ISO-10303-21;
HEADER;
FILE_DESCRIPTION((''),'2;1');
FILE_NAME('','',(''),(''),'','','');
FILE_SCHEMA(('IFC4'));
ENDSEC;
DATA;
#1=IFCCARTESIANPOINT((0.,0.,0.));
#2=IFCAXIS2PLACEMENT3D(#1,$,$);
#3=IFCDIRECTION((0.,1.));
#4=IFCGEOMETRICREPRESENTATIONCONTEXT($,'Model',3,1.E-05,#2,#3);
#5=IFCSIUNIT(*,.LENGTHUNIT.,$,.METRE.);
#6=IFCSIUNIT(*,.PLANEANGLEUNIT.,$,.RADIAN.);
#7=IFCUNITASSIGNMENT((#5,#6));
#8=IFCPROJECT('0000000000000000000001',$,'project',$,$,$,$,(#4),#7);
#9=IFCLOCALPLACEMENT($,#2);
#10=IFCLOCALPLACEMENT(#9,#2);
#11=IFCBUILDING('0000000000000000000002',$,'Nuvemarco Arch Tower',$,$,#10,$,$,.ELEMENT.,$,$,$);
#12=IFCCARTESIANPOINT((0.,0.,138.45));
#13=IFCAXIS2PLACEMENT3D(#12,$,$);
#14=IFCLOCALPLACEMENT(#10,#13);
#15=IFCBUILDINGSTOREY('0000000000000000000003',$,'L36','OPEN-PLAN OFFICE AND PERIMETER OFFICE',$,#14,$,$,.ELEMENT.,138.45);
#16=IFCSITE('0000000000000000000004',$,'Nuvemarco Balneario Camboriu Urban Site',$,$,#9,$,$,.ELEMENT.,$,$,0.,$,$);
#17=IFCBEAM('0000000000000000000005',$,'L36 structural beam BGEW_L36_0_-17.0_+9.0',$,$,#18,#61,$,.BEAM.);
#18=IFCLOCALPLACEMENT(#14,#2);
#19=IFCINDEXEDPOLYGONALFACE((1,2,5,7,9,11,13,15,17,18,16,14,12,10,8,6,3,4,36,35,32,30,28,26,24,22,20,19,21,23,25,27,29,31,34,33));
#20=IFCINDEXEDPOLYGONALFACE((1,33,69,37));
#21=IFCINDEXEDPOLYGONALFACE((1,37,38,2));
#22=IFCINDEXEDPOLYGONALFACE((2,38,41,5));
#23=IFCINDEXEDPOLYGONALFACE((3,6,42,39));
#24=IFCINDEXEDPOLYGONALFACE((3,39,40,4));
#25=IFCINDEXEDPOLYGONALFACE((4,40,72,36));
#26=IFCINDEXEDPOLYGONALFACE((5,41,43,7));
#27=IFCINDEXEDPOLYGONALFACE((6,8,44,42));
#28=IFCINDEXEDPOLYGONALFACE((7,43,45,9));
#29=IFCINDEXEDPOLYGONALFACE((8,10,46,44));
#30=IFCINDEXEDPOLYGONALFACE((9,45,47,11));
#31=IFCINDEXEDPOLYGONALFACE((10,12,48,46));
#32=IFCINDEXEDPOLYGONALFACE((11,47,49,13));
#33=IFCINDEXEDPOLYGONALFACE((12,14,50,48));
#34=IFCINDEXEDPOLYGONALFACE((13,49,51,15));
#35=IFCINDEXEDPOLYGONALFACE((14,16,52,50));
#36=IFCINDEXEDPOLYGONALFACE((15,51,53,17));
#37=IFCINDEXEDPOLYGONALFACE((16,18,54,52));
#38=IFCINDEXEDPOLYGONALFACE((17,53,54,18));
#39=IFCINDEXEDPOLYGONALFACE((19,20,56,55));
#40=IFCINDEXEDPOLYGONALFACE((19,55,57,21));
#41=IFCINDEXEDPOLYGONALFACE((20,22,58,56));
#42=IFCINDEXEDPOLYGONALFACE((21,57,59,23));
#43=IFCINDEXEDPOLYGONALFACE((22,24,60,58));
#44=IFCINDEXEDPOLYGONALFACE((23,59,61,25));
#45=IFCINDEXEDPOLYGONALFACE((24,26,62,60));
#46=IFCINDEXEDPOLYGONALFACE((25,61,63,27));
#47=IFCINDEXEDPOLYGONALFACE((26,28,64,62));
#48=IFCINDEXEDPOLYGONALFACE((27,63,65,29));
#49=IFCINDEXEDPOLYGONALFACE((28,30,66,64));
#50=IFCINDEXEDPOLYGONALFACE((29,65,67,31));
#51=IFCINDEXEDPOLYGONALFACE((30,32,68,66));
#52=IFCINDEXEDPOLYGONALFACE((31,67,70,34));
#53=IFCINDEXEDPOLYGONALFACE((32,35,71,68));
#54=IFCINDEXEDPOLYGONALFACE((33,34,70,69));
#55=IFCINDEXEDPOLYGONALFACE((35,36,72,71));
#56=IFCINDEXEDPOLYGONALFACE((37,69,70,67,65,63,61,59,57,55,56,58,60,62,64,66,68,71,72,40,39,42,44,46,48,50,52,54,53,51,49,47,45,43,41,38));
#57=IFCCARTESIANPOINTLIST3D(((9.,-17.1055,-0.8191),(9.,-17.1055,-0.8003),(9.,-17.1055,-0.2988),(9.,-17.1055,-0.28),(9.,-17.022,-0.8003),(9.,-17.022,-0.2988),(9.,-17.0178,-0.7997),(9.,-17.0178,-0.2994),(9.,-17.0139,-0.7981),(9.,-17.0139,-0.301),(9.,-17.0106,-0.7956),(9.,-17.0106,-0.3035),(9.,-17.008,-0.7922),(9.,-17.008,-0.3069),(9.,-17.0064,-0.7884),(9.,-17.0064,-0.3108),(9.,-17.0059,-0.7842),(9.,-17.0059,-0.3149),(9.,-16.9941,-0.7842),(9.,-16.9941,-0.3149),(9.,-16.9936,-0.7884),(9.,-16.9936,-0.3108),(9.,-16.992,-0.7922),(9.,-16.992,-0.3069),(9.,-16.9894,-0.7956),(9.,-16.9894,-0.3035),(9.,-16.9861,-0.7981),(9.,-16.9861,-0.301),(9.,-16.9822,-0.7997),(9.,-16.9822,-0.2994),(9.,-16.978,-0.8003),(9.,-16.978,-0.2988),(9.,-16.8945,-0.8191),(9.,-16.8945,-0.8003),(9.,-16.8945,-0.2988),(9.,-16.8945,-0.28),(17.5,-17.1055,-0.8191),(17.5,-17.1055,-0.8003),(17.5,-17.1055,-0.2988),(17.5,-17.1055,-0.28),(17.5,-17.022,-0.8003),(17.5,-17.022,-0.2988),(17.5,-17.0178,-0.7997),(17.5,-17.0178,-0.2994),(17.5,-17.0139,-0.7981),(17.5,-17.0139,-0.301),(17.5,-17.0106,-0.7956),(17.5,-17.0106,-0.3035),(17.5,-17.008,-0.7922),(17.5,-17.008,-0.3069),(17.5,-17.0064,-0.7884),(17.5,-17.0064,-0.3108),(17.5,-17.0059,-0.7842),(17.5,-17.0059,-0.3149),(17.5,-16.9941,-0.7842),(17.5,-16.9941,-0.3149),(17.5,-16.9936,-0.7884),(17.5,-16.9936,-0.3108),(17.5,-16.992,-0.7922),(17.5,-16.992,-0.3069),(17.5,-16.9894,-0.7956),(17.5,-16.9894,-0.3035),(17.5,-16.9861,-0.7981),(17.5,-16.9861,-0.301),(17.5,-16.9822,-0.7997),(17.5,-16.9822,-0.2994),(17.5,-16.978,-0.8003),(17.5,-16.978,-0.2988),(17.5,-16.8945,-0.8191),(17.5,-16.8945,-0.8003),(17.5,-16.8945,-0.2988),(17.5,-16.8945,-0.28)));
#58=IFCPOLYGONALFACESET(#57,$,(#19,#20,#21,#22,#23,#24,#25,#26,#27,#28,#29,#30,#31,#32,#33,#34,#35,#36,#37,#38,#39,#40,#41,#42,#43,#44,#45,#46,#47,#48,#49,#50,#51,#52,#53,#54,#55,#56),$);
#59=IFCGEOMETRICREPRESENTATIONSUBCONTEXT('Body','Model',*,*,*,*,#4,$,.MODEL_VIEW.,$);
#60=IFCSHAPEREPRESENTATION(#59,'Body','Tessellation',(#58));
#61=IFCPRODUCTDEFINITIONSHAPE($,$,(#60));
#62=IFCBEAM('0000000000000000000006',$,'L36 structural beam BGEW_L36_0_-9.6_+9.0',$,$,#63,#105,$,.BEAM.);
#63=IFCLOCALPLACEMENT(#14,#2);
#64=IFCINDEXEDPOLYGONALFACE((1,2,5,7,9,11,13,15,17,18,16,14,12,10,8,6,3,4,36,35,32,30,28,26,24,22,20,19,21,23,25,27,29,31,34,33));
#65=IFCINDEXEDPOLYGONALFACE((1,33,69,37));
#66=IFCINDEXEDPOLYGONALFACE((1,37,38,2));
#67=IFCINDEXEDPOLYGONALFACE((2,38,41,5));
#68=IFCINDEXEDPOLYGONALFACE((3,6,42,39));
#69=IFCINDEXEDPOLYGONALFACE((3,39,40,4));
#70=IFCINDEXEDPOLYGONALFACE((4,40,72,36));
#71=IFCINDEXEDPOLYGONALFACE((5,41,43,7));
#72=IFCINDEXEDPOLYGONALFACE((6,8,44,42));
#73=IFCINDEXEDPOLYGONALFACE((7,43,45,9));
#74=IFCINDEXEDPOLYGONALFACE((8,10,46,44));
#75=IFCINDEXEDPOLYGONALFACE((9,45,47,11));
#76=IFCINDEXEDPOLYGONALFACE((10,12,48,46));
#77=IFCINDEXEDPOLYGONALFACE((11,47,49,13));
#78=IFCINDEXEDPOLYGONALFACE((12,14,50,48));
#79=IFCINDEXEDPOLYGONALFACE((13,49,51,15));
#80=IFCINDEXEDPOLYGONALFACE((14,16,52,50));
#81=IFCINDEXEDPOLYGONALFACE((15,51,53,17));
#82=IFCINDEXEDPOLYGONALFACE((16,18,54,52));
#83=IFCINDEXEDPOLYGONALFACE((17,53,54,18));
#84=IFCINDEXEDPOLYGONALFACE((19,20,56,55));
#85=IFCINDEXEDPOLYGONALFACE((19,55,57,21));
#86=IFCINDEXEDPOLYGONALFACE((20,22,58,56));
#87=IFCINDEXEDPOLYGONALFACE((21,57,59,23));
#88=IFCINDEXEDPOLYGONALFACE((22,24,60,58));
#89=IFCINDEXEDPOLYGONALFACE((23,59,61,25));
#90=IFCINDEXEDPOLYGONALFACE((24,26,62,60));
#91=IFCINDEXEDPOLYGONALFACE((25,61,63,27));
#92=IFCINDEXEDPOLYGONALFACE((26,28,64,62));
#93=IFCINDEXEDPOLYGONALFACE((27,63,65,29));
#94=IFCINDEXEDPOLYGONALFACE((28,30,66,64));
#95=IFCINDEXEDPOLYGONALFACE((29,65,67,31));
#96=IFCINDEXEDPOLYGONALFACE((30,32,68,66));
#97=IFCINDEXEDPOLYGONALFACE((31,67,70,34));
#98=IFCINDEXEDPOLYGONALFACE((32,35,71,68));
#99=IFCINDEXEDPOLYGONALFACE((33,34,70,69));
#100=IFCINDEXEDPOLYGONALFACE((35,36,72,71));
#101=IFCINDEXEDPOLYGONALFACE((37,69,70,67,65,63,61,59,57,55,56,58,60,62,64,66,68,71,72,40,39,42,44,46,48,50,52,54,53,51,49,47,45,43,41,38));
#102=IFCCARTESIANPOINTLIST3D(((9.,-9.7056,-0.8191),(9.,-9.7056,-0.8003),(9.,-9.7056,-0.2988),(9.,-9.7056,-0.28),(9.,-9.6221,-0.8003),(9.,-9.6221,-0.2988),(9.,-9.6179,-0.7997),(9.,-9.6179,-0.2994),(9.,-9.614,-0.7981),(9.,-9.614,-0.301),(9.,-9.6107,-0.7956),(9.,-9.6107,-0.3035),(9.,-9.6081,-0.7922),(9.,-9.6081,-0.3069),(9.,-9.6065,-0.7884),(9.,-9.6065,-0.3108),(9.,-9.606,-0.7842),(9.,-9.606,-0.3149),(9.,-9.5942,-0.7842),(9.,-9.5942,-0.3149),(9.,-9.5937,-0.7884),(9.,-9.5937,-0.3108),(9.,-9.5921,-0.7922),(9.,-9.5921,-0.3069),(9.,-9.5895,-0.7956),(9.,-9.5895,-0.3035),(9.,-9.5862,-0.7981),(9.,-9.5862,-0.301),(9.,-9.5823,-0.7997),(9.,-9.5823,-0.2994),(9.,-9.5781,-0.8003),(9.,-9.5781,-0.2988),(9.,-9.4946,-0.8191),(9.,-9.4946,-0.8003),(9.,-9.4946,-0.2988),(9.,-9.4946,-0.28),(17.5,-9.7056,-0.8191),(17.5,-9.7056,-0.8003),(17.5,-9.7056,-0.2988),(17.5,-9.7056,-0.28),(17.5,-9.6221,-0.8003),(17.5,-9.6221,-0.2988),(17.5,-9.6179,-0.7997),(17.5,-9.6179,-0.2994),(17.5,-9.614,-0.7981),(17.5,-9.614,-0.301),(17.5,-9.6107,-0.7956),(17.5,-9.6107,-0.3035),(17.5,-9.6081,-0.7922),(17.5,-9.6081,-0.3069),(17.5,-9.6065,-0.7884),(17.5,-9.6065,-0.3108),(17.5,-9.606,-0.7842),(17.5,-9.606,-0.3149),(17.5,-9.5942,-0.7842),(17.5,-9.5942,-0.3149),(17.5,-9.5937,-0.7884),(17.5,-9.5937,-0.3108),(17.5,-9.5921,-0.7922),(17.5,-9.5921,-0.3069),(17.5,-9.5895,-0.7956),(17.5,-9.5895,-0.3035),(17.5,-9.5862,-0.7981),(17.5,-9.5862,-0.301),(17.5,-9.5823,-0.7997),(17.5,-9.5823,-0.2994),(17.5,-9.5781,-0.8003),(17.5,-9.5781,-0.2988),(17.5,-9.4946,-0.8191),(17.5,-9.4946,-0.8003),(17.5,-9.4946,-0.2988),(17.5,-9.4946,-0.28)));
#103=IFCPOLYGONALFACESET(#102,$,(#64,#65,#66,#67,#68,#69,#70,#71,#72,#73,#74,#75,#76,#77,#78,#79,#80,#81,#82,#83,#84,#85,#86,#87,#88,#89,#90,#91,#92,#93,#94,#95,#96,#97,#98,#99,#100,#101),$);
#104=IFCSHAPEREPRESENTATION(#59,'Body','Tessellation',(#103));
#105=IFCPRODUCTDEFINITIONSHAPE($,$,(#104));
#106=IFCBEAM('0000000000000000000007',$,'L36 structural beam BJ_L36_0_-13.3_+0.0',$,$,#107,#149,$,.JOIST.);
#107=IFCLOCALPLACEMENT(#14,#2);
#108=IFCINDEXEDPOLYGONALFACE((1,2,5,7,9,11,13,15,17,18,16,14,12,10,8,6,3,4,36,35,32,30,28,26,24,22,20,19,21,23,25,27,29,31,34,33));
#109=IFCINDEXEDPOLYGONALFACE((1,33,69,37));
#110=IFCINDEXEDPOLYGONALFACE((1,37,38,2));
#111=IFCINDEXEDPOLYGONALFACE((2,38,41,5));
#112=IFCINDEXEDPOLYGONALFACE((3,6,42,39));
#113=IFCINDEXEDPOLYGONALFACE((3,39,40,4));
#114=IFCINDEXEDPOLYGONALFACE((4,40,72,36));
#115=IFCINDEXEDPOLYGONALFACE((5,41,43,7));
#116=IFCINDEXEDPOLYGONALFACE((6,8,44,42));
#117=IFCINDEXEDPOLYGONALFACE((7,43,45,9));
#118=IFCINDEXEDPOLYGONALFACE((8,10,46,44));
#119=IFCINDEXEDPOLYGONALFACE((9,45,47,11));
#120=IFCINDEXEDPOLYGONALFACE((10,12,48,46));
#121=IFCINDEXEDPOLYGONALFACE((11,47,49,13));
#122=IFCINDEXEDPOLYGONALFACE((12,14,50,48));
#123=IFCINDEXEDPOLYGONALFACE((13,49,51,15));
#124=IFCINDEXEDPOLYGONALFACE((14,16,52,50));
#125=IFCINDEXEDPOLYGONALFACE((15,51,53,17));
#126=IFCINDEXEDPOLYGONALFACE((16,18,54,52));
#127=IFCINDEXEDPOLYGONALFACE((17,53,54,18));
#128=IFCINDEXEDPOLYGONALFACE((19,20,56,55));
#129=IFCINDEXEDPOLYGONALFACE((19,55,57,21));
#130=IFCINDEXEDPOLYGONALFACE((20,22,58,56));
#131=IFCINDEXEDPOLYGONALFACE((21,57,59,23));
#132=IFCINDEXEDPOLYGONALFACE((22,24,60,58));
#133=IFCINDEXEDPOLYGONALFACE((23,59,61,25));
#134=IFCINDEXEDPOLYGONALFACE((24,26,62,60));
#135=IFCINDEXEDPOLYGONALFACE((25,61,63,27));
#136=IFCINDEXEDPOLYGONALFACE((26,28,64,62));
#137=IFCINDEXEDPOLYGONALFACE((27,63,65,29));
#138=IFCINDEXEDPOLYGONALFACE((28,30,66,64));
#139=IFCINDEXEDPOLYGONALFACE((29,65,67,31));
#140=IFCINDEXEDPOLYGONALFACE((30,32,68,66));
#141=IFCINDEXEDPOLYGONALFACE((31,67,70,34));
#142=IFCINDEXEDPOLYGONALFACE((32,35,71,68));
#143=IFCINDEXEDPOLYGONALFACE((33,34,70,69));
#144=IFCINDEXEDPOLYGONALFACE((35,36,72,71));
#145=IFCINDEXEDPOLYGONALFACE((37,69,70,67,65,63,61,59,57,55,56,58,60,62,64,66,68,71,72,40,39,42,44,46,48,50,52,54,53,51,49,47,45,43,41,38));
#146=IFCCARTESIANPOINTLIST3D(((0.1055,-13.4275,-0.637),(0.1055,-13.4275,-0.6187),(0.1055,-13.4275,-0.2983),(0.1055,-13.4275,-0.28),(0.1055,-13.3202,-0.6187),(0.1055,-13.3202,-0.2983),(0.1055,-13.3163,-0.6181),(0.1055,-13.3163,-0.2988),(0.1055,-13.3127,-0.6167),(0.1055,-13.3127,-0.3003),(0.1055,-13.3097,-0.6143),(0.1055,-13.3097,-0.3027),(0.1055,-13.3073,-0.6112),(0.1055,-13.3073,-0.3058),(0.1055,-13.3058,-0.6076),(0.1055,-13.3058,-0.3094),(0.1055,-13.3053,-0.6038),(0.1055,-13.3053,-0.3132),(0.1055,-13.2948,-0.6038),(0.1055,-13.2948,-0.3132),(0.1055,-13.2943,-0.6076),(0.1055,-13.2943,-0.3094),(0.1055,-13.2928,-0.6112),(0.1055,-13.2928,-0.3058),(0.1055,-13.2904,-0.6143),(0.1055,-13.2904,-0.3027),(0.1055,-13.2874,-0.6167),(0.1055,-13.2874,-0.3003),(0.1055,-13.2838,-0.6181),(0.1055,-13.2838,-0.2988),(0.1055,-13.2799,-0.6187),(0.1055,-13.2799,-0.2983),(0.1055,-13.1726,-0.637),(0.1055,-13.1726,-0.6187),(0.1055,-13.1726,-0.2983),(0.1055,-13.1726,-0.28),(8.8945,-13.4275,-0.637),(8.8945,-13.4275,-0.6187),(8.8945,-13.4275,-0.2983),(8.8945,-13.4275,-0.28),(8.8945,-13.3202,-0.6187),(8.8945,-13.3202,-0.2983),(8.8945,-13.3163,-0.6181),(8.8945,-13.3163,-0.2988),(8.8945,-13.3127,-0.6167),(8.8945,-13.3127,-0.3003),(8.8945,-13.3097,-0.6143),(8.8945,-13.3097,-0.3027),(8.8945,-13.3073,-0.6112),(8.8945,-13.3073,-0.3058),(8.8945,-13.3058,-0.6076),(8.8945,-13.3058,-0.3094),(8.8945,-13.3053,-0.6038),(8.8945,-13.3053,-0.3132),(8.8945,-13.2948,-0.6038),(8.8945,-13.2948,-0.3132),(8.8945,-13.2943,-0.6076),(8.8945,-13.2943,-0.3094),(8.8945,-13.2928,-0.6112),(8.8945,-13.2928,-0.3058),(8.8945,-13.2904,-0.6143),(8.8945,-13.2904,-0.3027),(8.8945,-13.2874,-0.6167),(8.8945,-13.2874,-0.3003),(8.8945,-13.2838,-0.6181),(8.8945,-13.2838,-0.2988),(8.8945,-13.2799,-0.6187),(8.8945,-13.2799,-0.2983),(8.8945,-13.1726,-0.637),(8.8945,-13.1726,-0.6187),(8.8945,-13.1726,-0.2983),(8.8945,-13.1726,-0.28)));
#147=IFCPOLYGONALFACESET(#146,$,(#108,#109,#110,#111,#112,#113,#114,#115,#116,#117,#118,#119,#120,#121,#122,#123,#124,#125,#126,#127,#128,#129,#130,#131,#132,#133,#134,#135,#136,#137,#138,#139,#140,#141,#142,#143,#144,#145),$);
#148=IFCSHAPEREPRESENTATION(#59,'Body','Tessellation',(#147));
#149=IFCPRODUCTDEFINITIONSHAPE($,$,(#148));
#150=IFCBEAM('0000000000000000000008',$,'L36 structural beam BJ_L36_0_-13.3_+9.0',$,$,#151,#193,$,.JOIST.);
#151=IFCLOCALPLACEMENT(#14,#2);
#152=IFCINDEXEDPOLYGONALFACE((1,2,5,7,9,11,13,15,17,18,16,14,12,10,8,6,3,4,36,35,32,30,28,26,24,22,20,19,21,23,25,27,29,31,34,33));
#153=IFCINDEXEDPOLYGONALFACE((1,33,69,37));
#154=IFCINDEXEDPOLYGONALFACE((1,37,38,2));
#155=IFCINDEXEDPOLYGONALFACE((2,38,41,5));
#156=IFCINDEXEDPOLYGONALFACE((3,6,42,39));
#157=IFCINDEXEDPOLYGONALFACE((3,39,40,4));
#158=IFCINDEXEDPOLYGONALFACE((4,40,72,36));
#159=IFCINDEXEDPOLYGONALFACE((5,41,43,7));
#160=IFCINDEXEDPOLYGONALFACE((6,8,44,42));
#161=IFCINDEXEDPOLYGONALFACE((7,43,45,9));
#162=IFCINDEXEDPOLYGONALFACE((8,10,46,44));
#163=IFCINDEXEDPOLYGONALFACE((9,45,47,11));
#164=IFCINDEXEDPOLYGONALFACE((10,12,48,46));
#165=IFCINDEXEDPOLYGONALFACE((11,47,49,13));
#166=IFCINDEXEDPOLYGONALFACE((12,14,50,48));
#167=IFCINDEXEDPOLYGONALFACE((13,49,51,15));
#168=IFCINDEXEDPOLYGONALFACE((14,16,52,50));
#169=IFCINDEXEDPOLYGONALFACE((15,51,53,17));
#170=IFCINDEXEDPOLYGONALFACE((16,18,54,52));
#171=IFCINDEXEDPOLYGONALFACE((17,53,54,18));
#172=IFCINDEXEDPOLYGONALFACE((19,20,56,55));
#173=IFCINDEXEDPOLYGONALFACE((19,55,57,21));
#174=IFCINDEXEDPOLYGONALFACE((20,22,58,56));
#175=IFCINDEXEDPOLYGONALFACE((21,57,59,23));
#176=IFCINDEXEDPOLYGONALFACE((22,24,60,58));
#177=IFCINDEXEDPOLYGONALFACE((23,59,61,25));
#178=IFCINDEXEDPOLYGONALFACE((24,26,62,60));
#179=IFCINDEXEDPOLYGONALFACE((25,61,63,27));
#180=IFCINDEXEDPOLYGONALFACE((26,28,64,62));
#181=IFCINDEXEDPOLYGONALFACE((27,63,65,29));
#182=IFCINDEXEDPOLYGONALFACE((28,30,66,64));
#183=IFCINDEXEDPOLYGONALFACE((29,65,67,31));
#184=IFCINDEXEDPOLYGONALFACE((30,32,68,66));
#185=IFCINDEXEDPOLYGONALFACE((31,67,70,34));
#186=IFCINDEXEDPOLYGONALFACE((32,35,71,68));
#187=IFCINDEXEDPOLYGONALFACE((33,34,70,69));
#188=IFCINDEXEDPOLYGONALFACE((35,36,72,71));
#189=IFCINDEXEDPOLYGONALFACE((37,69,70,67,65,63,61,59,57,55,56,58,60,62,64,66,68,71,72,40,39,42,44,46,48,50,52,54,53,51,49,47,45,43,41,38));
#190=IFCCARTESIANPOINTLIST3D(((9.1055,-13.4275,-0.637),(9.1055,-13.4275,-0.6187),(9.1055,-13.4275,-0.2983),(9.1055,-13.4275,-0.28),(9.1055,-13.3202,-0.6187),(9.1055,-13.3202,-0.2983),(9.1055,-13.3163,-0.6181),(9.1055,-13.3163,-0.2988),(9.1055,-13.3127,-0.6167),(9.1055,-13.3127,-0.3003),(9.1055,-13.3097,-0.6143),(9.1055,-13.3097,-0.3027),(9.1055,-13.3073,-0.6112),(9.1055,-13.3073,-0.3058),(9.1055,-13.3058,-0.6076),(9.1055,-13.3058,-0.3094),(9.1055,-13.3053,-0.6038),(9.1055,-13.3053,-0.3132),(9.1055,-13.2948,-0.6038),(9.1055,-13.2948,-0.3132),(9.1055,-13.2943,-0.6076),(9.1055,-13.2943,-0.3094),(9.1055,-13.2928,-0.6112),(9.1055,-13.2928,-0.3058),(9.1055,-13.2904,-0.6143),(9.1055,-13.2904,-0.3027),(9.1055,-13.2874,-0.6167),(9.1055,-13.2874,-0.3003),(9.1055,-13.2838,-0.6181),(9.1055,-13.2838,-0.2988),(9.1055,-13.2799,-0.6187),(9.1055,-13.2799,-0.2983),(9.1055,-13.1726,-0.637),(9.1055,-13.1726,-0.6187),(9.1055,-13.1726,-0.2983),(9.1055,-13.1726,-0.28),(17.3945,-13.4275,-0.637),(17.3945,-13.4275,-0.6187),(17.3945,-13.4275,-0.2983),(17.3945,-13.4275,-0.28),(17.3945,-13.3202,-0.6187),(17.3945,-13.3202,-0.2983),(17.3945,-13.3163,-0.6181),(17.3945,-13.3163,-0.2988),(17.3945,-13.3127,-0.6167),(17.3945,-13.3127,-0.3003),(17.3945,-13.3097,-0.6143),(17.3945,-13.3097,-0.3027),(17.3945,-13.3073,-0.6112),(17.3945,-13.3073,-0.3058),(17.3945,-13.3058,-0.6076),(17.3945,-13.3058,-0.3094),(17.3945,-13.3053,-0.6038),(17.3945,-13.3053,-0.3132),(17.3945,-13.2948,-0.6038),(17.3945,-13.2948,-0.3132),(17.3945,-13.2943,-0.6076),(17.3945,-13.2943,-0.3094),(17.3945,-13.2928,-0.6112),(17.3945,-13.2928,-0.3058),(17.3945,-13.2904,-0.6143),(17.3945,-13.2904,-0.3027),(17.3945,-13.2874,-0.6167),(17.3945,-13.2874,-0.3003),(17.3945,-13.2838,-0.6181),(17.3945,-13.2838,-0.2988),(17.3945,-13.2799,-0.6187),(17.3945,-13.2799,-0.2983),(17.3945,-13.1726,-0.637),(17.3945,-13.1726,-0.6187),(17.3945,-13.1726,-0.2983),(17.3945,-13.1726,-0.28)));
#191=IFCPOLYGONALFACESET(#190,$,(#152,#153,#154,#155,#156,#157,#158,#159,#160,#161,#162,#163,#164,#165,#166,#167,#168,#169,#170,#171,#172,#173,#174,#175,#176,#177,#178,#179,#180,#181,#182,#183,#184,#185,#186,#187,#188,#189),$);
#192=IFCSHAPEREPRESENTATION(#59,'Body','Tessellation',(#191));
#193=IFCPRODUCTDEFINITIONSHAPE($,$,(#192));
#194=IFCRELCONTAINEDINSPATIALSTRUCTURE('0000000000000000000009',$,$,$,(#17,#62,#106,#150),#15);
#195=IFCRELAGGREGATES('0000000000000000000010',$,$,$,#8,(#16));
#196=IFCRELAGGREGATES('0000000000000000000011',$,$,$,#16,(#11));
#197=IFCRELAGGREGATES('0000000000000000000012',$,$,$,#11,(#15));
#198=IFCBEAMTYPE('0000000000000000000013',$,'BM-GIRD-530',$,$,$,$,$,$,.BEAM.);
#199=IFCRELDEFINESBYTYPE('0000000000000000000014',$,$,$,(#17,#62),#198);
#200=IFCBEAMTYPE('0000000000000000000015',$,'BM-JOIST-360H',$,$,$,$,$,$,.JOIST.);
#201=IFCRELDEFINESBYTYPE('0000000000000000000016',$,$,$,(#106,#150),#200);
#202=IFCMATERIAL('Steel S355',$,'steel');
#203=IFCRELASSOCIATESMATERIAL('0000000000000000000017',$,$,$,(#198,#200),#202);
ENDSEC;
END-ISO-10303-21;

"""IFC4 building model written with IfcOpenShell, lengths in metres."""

from ifc_helpers import new_model, si_unit, direction, frame, origin, origin_2d, place, context, subcontext, project, spatial, i_section, extrude, material, material_profile, profile_set, type_object, element, save


model = new_model("IFC4")

# Units and contexts
model_context = context("Model", 3, precision=1e-05, world=origin(), true_north=direction((0.0, 1.0)))
body_context = subcontext(model_context, "Body", "Model", "MODEL_VIEW")
ifc_project = project(units=[si_unit("LENGTHUNIT", "METRE"), si_unit("PLANEANGLEUNIT", "RADIAN")], contexts=[model_context])

# Site, building, storey
site_placement = place(None, origin())
site = spatial("IfcSite", under=ifc_project, at=site_placement, Name="Nuvemarco Balneario Camboriu Urban Site", CompositionType="ELEMENT", RefElevation=0.0)
building_placement = place(site_placement, origin())
building = spatial("IfcBuilding", under=site, at=building_placement, Name="Nuvemarco Arch Tower", CompositionType="ELEMENT")
storey_placement = place(building_placement, frame((0.0, 0.0, 138.45)))
storey = spatial("IfcBuildingStorey", under=building, at=storey_placement, Name="L36", Description="OPEN-PLAN OFFICE AND PERIMETER OFFICE", CompositionType="ELEMENT", Elevation=138.45)

# Shared definitions
ifc_material_1 = material(Name="Steel S355", Category="steel")

# Beams
ifc_material_profile_1 = material_profile(ifc_material_1, i_section(OverallWidth=0.2109, OverallDepth=0.5391, WebThickness=0.0117, FlangeThickness=0.0188, FilletRadius=0.0161, at=origin_2d()), Name="W530x109")
ifc_profile_set_1 = profile_set([ifc_material_profile_1], Name="Steel S355")
beam_type_1 = type_object("IfcBeamType", Name="BM-GIRD-530", PredefinedType="BEAM", material=ifc_profile_set_1)
for number, where, z_axis, x_axis, name in (
    (1, (9.0, -17.0, -0.5496), (1.0, 0.0, 0.0), (0.0, 1.0, 0.0), "L36 structural beam BGEW_L36_0_-17.0_+9.0"),
    (2, (9.0, -9.6001, -0.5496), (1.0, 0.0, 0.0), (0.0, 1.0, 0.0), "L36 structural beam BGEW_L36_0_-9.6_+9.0"),
):
    element("IfcBeam", number, at=place(storey_placement, frame(where, z_axis=z_axis, x_axis=x_axis)), inside=storey, type_object=beam_type_1, Name=name, PredefinedType="BEAM", context=body_context, shape_type="SweptSolid", body=[
        extrude(i_section(OverallWidth=0.2109, OverallDepth=0.5391, WebThickness=0.0117, FlangeThickness=0.0188, FilletRadius=0.0161, at=origin_2d()), origin(), (0.0, 0.0, 1.0), 8.5),
    ])
ifc_material_profile_2 = material_profile(ifc_material_1, i_section(OverallWidth=0.2549, OverallDepth=0.3569, WebThickness=0.0105, FlangeThickness=0.0183, FilletRadius=0.0149, at=origin_2d()), Name="W360x101")
ifc_profile_set_2 = profile_set([ifc_material_profile_2], Name="Steel S355")
beam_type_2 = type_object("IfcBeamType", Name="BM-JOIST-360H", PredefinedType="JOIST", material=ifc_profile_set_2)
beam_1_placement = place(storey_placement, frame((0.1055, -13.3, -0.4585), z_axis=(1.0, 0.0, 0.0), x_axis=(0.0, 1.0, 0.0)))
element("IfcBeam", 3, at=beam_1_placement, inside=storey, type_object=beam_type_2, Name="L36 structural beam BJ_L36_0_-13.3_+0.0", PredefinedType="JOIST", context=body_context, shape_type="SweptSolid", body=[
    extrude(i_section(OverallWidth=0.2549, OverallDepth=0.3569, WebThickness=0.0105, FlangeThickness=0.0183, FilletRadius=0.0149, at=origin_2d()), origin(), (0.0, 0.0, 1.0), 8.7891),
])
beam_2_placement = place(storey_placement, frame((9.1055, -13.3, -0.4585), z_axis=(1.0, 0.0, 0.0), x_axis=(0.0, 1.0, 0.0)))
element("IfcBeam", 4, at=beam_2_placement, inside=storey, type_object=beam_type_2, Name="L36 structural beam BJ_L36_0_-13.3_+9.0", PredefinedType="JOIST", context=body_context, shape_type="SweptSolid", body=[
    extrude(i_section(OverallWidth=0.2549, OverallDepth=0.3569, WebThickness=0.0105, FlangeThickness=0.0183, FilletRadius=0.0149, at=origin_2d()), origin(), (0.0, 0.0, 1.0), 8.2891),
])

save(model, "model.ifc")
